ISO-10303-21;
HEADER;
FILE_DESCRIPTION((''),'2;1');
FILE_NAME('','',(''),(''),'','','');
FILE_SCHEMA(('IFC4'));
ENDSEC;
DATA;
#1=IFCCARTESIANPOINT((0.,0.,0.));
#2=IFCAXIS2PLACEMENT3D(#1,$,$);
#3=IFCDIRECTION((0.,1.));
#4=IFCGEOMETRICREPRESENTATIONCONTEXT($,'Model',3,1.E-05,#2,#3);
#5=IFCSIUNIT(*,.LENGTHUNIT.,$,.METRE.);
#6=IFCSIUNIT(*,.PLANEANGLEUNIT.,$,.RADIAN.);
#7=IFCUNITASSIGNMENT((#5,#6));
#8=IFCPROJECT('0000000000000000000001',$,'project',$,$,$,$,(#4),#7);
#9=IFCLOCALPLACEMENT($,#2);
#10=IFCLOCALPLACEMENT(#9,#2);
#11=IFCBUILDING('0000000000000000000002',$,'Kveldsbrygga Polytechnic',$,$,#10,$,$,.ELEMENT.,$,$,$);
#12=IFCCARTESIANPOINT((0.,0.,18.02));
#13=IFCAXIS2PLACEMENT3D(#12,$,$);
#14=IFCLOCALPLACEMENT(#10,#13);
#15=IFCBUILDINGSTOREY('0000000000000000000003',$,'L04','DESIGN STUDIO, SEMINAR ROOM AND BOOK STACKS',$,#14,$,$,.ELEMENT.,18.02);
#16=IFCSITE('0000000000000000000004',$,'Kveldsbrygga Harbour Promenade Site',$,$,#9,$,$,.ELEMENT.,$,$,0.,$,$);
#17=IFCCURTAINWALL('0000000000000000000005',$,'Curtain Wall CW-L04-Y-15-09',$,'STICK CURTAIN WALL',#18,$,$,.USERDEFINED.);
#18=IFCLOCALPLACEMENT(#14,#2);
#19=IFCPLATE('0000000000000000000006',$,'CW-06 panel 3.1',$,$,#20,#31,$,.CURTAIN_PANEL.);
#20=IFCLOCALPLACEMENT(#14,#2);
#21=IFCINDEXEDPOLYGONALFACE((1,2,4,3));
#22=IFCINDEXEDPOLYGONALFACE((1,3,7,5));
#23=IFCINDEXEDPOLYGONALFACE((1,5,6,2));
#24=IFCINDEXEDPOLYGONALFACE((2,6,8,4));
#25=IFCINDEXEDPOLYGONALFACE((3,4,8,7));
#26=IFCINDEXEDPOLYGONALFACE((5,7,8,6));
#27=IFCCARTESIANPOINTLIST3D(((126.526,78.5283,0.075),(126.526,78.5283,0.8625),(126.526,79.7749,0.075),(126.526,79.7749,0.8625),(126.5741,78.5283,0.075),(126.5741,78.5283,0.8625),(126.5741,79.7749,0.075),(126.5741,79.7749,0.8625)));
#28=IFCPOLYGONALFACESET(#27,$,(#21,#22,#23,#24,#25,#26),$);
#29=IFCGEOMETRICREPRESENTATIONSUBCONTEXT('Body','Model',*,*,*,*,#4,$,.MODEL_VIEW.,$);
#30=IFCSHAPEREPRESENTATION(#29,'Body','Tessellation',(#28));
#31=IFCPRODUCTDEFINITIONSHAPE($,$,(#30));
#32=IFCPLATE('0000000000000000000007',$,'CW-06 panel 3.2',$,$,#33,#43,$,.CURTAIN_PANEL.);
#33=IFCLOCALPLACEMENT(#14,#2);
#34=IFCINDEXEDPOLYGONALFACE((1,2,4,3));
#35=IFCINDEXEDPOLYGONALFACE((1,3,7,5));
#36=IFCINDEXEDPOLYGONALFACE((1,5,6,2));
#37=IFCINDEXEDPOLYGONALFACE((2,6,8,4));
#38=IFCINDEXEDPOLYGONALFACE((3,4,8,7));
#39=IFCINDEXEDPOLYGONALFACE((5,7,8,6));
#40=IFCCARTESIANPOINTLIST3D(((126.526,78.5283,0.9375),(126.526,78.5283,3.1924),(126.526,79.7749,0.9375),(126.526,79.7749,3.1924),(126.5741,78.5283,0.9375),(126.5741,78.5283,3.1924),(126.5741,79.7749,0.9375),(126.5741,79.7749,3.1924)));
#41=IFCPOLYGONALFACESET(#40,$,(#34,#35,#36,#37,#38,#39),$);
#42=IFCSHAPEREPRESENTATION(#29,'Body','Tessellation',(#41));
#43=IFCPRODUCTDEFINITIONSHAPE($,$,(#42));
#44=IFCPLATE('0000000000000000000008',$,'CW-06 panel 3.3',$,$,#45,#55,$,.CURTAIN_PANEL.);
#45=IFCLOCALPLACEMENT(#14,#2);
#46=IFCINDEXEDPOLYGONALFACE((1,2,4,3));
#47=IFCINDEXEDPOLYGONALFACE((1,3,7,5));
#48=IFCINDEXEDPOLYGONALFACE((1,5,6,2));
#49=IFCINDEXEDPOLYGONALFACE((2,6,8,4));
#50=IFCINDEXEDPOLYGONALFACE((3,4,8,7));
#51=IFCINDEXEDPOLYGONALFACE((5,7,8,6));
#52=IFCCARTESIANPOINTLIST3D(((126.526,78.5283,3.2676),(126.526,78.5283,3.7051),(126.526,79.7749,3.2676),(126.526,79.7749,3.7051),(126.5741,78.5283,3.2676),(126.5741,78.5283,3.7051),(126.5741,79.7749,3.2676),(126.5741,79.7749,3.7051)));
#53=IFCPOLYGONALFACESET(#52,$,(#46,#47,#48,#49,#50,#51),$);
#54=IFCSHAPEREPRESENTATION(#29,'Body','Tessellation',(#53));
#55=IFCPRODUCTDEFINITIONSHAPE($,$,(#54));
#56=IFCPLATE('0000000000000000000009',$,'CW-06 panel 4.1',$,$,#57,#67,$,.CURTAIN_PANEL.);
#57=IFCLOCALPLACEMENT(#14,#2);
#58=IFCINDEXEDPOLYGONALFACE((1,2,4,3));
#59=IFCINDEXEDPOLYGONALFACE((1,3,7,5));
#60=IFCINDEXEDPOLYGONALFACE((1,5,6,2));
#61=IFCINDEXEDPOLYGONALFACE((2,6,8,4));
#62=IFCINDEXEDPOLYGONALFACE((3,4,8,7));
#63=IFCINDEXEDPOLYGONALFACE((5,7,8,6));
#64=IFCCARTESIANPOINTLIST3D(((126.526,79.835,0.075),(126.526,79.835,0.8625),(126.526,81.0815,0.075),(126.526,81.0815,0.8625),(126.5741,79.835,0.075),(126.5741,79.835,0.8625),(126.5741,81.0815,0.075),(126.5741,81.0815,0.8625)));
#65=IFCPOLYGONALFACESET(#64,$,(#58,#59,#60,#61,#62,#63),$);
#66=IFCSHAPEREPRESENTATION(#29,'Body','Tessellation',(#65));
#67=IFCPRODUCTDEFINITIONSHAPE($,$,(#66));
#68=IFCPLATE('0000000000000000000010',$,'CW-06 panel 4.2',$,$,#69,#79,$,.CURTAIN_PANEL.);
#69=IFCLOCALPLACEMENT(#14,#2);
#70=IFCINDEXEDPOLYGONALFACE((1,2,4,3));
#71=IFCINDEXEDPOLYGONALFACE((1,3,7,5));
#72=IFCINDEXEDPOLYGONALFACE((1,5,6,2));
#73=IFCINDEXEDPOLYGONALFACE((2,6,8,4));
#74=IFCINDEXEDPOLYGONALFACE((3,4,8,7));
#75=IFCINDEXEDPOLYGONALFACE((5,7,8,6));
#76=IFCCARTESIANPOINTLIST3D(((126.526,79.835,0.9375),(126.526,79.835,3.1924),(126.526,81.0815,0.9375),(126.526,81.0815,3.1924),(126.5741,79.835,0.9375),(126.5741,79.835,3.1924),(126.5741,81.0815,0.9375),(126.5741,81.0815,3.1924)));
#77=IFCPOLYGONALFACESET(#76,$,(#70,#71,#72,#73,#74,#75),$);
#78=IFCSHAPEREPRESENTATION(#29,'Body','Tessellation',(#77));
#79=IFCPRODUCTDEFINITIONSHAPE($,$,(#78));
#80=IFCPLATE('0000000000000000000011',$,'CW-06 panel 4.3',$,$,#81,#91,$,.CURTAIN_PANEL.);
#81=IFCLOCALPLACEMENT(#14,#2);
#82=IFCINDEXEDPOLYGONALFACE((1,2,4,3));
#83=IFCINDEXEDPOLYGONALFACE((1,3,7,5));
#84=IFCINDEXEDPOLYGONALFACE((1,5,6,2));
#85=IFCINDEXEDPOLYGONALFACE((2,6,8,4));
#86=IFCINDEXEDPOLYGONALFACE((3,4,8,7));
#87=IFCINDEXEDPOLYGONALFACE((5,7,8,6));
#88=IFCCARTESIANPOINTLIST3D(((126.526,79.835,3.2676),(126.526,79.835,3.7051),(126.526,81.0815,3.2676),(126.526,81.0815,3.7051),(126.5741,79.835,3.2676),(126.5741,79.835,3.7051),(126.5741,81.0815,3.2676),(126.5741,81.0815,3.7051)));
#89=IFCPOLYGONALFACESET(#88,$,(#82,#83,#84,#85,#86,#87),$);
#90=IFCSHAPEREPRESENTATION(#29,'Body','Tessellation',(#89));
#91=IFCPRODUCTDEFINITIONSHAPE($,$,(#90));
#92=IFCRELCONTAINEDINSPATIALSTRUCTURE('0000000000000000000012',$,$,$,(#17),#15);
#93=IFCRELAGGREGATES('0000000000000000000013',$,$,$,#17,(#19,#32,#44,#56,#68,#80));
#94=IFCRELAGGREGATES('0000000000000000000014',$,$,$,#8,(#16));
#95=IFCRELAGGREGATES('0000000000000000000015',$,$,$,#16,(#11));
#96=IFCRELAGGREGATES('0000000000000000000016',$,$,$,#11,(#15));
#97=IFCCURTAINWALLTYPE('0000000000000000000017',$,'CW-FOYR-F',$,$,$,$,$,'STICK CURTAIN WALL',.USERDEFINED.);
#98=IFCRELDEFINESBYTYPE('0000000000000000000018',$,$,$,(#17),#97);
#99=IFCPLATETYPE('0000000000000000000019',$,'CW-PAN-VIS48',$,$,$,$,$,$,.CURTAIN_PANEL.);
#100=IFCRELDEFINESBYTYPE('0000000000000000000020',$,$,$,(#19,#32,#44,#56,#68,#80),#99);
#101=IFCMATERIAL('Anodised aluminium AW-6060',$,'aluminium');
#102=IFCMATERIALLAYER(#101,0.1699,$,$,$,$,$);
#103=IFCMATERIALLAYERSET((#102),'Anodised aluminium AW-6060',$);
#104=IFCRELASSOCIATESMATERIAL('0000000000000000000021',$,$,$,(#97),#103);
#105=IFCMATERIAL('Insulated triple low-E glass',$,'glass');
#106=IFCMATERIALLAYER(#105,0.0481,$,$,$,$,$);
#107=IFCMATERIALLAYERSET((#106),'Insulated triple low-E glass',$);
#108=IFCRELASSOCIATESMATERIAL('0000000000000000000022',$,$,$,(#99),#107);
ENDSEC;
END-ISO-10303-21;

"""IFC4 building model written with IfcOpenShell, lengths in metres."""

from ifc_helpers import new_model, si_unit, direction, frame, origin, origin_2d, place, context, subcontext, project, spatial, rectangle, extrude, material, layer, layer_set, type_object, element, aggregate, save


model = new_model("IFC4")

# Units and contexts
model_context = context("Model", 3, precision=1e-05, world=origin(), true_north=direction((0.0, 1.0)))
body_context = subcontext(model_context, "Body", "Model", "MODEL_VIEW")
ifc_project = project(units=[si_unit("LENGTHUNIT", "METRE"), si_unit("PLANEANGLEUNIT", "RADIAN")], contexts=[model_context])

# Site, building, storey
site_placement = place(None, origin())
site = spatial("IfcSite", under=ifc_project, at=site_placement, Name="Kveldsbrygga Harbour Promenade Site", CompositionType="ELEMENT", RefElevation=0.0)
building_placement = place(site_placement, origin())
building = spatial("IfcBuilding", under=site, at=building_placement, Name="Kveldsbrygga Polytechnic", CompositionType="ELEMENT")
storey_placement = place(building_placement, frame((0.0, 0.0, 18.02)))
storey = spatial("IfcBuildingStorey", under=building, at=storey_placement, Name="L04", Description="DESIGN STUDIO, SEMINAR ROOM AND BOOK STACKS", CompositionType="ELEMENT", Elevation=18.02)

# Curtain wall, plates
ifc_material_1 = material(Name="Anodised aluminium AW-6060", Category="aluminium")
ifc_layer_1 = layer(ifc_material_1, 0.1699)
ifc_layer_set_1 = layer_set([ifc_layer_1], Name="Anodised aluminium AW-6060")
curtain_wall_type = type_object("IfcCurtainWallType", Name="CW-FOYR-F", ElementType="STICK CURTAIN WALL", PredefinedType="USERDEFINED", material=ifc_layer_set_1)
curtain_wall_placement = place(storey_placement, origin())
curtain_wall = element("IfcCurtainWall", 1, at=curtain_wall_placement, inside=storey, type_object=curtain_wall_type, Name="Curtain Wall CW-L04-Y-15-09", ObjectType="STICK CURTAIN WALL", PredefinedType="USERDEFINED")
ifc_material_2 = material(Name="Insulated triple low-E glass", Category="glass")
ifc_layer_2 = layer(ifc_material_2, 0.0481)
ifc_layer_set_2 = layer_set([ifc_layer_2], Name="Insulated triple low-E glass")
plate_type = type_object("IfcPlateType", Name="CW-PAN-VIS48", PredefinedType="CURTAIN_PANEL", material=ifc_layer_set_2)
plate_1_placement = place(storey_placement, frame((126.55, 79.1516, 0.075), z_axis=(0.0, 0.0, 1.0), x_axis=(0.0, 1.0, 0.0)))
plate_1 = element("IfcPlate", 2, at=plate_1_placement, type_object=plate_type, Name="CW-06 panel 3.1", PredefinedType="CURTAIN_PANEL", context=body_context, shape_type="SweptSolid", body=[
    extrude(rectangle(XDim=1.2466, YDim=0.0481, at=origin_2d()), origin(), (0.0, 0.0, 1.0), 0.7876),
])
plate_2_placement = place(storey_placement, frame((126.55, 79.1516, 0.9375), z_axis=(0.0, 0.0, 1.0), x_axis=(0.0, 1.0, 0.0)))
plate_2 = element("IfcPlate", 3, at=plate_2_placement, type_object=plate_type, Name="CW-06 panel 3.2", PredefinedType="CURTAIN_PANEL", context=body_context, shape_type="SweptSolid", body=[
    extrude(rectangle(XDim=1.2466, YDim=0.0481, at=origin_2d()), origin(), (0.0, 0.0, 1.0), 2.2549),
])
plate_3_placement = place(storey_placement, frame((126.55, 79.1516, 3.2676), z_axis=(0.0, 0.0, 1.0), x_axis=(0.0, 1.0, 0.0)))
plate_3 = element("IfcPlate", 4, at=plate_3_placement, type_object=plate_type, Name="CW-06 panel 3.3", PredefinedType="CURTAIN_PANEL", context=body_context, shape_type="SweptSolid", body=[
    extrude(rectangle(XDim=1.2466, YDim=0.0481, at=origin_2d()), origin(), (0.0, 0.0, 1.0), 0.4375),
])
plate_4_placement = place(storey_placement, frame((126.55, 80.4583, 0.075), z_axis=(0.0, 0.0, 1.0), x_axis=(0.0, 1.0, 0.0)))
plate_4 = element("IfcPlate", 5, at=plate_4_placement, type_object=plate_type, Name="CW-06 panel 4.1", PredefinedType="CURTAIN_PANEL", context=body_context, shape_type="SweptSolid", body=[
    extrude(rectangle(XDim=1.2466, YDim=0.0481, at=origin_2d()), origin(), (0.0, 0.0, 1.0), 0.7876),
])
plate_5_placement = place(storey_placement, frame((126.55, 80.4583, 0.9375), z_axis=(0.0, 0.0, 1.0), x_axis=(0.0, 1.0, 0.0)))
plate_5 = element("IfcPlate", 6, at=plate_5_placement, type_object=plate_type, Name="CW-06 panel 4.2", PredefinedType="CURTAIN_PANEL", context=body_context, shape_type="SweptSolid", body=[
    extrude(rectangle(XDim=1.2466, YDim=0.0481, at=origin_2d()), origin(), (0.0, 0.0, 1.0), 2.2549),
])
plate_6_placement = place(storey_placement, frame((126.55, 80.4583, 3.2676), z_axis=(0.0, 0.0, 1.0), x_axis=(0.0, 1.0, 0.0)))
plate_6 = element("IfcPlate", 7, at=plate_6_placement, type_object=plate_type, Name="CW-06 panel 4.3", PredefinedType="CURTAIN_PANEL", context=body_context, shape_type="SweptSolid", body=[
    extrude(rectangle(XDim=1.2466, YDim=0.0481, at=origin_2d()), origin(), (0.0, 0.0, 1.0), 0.4375),
])
aggregate(curtain_wall, [plate_1, plate_2, plate_3, plate_4, plate_5, plate_6])

save(model, "model.ifc")
